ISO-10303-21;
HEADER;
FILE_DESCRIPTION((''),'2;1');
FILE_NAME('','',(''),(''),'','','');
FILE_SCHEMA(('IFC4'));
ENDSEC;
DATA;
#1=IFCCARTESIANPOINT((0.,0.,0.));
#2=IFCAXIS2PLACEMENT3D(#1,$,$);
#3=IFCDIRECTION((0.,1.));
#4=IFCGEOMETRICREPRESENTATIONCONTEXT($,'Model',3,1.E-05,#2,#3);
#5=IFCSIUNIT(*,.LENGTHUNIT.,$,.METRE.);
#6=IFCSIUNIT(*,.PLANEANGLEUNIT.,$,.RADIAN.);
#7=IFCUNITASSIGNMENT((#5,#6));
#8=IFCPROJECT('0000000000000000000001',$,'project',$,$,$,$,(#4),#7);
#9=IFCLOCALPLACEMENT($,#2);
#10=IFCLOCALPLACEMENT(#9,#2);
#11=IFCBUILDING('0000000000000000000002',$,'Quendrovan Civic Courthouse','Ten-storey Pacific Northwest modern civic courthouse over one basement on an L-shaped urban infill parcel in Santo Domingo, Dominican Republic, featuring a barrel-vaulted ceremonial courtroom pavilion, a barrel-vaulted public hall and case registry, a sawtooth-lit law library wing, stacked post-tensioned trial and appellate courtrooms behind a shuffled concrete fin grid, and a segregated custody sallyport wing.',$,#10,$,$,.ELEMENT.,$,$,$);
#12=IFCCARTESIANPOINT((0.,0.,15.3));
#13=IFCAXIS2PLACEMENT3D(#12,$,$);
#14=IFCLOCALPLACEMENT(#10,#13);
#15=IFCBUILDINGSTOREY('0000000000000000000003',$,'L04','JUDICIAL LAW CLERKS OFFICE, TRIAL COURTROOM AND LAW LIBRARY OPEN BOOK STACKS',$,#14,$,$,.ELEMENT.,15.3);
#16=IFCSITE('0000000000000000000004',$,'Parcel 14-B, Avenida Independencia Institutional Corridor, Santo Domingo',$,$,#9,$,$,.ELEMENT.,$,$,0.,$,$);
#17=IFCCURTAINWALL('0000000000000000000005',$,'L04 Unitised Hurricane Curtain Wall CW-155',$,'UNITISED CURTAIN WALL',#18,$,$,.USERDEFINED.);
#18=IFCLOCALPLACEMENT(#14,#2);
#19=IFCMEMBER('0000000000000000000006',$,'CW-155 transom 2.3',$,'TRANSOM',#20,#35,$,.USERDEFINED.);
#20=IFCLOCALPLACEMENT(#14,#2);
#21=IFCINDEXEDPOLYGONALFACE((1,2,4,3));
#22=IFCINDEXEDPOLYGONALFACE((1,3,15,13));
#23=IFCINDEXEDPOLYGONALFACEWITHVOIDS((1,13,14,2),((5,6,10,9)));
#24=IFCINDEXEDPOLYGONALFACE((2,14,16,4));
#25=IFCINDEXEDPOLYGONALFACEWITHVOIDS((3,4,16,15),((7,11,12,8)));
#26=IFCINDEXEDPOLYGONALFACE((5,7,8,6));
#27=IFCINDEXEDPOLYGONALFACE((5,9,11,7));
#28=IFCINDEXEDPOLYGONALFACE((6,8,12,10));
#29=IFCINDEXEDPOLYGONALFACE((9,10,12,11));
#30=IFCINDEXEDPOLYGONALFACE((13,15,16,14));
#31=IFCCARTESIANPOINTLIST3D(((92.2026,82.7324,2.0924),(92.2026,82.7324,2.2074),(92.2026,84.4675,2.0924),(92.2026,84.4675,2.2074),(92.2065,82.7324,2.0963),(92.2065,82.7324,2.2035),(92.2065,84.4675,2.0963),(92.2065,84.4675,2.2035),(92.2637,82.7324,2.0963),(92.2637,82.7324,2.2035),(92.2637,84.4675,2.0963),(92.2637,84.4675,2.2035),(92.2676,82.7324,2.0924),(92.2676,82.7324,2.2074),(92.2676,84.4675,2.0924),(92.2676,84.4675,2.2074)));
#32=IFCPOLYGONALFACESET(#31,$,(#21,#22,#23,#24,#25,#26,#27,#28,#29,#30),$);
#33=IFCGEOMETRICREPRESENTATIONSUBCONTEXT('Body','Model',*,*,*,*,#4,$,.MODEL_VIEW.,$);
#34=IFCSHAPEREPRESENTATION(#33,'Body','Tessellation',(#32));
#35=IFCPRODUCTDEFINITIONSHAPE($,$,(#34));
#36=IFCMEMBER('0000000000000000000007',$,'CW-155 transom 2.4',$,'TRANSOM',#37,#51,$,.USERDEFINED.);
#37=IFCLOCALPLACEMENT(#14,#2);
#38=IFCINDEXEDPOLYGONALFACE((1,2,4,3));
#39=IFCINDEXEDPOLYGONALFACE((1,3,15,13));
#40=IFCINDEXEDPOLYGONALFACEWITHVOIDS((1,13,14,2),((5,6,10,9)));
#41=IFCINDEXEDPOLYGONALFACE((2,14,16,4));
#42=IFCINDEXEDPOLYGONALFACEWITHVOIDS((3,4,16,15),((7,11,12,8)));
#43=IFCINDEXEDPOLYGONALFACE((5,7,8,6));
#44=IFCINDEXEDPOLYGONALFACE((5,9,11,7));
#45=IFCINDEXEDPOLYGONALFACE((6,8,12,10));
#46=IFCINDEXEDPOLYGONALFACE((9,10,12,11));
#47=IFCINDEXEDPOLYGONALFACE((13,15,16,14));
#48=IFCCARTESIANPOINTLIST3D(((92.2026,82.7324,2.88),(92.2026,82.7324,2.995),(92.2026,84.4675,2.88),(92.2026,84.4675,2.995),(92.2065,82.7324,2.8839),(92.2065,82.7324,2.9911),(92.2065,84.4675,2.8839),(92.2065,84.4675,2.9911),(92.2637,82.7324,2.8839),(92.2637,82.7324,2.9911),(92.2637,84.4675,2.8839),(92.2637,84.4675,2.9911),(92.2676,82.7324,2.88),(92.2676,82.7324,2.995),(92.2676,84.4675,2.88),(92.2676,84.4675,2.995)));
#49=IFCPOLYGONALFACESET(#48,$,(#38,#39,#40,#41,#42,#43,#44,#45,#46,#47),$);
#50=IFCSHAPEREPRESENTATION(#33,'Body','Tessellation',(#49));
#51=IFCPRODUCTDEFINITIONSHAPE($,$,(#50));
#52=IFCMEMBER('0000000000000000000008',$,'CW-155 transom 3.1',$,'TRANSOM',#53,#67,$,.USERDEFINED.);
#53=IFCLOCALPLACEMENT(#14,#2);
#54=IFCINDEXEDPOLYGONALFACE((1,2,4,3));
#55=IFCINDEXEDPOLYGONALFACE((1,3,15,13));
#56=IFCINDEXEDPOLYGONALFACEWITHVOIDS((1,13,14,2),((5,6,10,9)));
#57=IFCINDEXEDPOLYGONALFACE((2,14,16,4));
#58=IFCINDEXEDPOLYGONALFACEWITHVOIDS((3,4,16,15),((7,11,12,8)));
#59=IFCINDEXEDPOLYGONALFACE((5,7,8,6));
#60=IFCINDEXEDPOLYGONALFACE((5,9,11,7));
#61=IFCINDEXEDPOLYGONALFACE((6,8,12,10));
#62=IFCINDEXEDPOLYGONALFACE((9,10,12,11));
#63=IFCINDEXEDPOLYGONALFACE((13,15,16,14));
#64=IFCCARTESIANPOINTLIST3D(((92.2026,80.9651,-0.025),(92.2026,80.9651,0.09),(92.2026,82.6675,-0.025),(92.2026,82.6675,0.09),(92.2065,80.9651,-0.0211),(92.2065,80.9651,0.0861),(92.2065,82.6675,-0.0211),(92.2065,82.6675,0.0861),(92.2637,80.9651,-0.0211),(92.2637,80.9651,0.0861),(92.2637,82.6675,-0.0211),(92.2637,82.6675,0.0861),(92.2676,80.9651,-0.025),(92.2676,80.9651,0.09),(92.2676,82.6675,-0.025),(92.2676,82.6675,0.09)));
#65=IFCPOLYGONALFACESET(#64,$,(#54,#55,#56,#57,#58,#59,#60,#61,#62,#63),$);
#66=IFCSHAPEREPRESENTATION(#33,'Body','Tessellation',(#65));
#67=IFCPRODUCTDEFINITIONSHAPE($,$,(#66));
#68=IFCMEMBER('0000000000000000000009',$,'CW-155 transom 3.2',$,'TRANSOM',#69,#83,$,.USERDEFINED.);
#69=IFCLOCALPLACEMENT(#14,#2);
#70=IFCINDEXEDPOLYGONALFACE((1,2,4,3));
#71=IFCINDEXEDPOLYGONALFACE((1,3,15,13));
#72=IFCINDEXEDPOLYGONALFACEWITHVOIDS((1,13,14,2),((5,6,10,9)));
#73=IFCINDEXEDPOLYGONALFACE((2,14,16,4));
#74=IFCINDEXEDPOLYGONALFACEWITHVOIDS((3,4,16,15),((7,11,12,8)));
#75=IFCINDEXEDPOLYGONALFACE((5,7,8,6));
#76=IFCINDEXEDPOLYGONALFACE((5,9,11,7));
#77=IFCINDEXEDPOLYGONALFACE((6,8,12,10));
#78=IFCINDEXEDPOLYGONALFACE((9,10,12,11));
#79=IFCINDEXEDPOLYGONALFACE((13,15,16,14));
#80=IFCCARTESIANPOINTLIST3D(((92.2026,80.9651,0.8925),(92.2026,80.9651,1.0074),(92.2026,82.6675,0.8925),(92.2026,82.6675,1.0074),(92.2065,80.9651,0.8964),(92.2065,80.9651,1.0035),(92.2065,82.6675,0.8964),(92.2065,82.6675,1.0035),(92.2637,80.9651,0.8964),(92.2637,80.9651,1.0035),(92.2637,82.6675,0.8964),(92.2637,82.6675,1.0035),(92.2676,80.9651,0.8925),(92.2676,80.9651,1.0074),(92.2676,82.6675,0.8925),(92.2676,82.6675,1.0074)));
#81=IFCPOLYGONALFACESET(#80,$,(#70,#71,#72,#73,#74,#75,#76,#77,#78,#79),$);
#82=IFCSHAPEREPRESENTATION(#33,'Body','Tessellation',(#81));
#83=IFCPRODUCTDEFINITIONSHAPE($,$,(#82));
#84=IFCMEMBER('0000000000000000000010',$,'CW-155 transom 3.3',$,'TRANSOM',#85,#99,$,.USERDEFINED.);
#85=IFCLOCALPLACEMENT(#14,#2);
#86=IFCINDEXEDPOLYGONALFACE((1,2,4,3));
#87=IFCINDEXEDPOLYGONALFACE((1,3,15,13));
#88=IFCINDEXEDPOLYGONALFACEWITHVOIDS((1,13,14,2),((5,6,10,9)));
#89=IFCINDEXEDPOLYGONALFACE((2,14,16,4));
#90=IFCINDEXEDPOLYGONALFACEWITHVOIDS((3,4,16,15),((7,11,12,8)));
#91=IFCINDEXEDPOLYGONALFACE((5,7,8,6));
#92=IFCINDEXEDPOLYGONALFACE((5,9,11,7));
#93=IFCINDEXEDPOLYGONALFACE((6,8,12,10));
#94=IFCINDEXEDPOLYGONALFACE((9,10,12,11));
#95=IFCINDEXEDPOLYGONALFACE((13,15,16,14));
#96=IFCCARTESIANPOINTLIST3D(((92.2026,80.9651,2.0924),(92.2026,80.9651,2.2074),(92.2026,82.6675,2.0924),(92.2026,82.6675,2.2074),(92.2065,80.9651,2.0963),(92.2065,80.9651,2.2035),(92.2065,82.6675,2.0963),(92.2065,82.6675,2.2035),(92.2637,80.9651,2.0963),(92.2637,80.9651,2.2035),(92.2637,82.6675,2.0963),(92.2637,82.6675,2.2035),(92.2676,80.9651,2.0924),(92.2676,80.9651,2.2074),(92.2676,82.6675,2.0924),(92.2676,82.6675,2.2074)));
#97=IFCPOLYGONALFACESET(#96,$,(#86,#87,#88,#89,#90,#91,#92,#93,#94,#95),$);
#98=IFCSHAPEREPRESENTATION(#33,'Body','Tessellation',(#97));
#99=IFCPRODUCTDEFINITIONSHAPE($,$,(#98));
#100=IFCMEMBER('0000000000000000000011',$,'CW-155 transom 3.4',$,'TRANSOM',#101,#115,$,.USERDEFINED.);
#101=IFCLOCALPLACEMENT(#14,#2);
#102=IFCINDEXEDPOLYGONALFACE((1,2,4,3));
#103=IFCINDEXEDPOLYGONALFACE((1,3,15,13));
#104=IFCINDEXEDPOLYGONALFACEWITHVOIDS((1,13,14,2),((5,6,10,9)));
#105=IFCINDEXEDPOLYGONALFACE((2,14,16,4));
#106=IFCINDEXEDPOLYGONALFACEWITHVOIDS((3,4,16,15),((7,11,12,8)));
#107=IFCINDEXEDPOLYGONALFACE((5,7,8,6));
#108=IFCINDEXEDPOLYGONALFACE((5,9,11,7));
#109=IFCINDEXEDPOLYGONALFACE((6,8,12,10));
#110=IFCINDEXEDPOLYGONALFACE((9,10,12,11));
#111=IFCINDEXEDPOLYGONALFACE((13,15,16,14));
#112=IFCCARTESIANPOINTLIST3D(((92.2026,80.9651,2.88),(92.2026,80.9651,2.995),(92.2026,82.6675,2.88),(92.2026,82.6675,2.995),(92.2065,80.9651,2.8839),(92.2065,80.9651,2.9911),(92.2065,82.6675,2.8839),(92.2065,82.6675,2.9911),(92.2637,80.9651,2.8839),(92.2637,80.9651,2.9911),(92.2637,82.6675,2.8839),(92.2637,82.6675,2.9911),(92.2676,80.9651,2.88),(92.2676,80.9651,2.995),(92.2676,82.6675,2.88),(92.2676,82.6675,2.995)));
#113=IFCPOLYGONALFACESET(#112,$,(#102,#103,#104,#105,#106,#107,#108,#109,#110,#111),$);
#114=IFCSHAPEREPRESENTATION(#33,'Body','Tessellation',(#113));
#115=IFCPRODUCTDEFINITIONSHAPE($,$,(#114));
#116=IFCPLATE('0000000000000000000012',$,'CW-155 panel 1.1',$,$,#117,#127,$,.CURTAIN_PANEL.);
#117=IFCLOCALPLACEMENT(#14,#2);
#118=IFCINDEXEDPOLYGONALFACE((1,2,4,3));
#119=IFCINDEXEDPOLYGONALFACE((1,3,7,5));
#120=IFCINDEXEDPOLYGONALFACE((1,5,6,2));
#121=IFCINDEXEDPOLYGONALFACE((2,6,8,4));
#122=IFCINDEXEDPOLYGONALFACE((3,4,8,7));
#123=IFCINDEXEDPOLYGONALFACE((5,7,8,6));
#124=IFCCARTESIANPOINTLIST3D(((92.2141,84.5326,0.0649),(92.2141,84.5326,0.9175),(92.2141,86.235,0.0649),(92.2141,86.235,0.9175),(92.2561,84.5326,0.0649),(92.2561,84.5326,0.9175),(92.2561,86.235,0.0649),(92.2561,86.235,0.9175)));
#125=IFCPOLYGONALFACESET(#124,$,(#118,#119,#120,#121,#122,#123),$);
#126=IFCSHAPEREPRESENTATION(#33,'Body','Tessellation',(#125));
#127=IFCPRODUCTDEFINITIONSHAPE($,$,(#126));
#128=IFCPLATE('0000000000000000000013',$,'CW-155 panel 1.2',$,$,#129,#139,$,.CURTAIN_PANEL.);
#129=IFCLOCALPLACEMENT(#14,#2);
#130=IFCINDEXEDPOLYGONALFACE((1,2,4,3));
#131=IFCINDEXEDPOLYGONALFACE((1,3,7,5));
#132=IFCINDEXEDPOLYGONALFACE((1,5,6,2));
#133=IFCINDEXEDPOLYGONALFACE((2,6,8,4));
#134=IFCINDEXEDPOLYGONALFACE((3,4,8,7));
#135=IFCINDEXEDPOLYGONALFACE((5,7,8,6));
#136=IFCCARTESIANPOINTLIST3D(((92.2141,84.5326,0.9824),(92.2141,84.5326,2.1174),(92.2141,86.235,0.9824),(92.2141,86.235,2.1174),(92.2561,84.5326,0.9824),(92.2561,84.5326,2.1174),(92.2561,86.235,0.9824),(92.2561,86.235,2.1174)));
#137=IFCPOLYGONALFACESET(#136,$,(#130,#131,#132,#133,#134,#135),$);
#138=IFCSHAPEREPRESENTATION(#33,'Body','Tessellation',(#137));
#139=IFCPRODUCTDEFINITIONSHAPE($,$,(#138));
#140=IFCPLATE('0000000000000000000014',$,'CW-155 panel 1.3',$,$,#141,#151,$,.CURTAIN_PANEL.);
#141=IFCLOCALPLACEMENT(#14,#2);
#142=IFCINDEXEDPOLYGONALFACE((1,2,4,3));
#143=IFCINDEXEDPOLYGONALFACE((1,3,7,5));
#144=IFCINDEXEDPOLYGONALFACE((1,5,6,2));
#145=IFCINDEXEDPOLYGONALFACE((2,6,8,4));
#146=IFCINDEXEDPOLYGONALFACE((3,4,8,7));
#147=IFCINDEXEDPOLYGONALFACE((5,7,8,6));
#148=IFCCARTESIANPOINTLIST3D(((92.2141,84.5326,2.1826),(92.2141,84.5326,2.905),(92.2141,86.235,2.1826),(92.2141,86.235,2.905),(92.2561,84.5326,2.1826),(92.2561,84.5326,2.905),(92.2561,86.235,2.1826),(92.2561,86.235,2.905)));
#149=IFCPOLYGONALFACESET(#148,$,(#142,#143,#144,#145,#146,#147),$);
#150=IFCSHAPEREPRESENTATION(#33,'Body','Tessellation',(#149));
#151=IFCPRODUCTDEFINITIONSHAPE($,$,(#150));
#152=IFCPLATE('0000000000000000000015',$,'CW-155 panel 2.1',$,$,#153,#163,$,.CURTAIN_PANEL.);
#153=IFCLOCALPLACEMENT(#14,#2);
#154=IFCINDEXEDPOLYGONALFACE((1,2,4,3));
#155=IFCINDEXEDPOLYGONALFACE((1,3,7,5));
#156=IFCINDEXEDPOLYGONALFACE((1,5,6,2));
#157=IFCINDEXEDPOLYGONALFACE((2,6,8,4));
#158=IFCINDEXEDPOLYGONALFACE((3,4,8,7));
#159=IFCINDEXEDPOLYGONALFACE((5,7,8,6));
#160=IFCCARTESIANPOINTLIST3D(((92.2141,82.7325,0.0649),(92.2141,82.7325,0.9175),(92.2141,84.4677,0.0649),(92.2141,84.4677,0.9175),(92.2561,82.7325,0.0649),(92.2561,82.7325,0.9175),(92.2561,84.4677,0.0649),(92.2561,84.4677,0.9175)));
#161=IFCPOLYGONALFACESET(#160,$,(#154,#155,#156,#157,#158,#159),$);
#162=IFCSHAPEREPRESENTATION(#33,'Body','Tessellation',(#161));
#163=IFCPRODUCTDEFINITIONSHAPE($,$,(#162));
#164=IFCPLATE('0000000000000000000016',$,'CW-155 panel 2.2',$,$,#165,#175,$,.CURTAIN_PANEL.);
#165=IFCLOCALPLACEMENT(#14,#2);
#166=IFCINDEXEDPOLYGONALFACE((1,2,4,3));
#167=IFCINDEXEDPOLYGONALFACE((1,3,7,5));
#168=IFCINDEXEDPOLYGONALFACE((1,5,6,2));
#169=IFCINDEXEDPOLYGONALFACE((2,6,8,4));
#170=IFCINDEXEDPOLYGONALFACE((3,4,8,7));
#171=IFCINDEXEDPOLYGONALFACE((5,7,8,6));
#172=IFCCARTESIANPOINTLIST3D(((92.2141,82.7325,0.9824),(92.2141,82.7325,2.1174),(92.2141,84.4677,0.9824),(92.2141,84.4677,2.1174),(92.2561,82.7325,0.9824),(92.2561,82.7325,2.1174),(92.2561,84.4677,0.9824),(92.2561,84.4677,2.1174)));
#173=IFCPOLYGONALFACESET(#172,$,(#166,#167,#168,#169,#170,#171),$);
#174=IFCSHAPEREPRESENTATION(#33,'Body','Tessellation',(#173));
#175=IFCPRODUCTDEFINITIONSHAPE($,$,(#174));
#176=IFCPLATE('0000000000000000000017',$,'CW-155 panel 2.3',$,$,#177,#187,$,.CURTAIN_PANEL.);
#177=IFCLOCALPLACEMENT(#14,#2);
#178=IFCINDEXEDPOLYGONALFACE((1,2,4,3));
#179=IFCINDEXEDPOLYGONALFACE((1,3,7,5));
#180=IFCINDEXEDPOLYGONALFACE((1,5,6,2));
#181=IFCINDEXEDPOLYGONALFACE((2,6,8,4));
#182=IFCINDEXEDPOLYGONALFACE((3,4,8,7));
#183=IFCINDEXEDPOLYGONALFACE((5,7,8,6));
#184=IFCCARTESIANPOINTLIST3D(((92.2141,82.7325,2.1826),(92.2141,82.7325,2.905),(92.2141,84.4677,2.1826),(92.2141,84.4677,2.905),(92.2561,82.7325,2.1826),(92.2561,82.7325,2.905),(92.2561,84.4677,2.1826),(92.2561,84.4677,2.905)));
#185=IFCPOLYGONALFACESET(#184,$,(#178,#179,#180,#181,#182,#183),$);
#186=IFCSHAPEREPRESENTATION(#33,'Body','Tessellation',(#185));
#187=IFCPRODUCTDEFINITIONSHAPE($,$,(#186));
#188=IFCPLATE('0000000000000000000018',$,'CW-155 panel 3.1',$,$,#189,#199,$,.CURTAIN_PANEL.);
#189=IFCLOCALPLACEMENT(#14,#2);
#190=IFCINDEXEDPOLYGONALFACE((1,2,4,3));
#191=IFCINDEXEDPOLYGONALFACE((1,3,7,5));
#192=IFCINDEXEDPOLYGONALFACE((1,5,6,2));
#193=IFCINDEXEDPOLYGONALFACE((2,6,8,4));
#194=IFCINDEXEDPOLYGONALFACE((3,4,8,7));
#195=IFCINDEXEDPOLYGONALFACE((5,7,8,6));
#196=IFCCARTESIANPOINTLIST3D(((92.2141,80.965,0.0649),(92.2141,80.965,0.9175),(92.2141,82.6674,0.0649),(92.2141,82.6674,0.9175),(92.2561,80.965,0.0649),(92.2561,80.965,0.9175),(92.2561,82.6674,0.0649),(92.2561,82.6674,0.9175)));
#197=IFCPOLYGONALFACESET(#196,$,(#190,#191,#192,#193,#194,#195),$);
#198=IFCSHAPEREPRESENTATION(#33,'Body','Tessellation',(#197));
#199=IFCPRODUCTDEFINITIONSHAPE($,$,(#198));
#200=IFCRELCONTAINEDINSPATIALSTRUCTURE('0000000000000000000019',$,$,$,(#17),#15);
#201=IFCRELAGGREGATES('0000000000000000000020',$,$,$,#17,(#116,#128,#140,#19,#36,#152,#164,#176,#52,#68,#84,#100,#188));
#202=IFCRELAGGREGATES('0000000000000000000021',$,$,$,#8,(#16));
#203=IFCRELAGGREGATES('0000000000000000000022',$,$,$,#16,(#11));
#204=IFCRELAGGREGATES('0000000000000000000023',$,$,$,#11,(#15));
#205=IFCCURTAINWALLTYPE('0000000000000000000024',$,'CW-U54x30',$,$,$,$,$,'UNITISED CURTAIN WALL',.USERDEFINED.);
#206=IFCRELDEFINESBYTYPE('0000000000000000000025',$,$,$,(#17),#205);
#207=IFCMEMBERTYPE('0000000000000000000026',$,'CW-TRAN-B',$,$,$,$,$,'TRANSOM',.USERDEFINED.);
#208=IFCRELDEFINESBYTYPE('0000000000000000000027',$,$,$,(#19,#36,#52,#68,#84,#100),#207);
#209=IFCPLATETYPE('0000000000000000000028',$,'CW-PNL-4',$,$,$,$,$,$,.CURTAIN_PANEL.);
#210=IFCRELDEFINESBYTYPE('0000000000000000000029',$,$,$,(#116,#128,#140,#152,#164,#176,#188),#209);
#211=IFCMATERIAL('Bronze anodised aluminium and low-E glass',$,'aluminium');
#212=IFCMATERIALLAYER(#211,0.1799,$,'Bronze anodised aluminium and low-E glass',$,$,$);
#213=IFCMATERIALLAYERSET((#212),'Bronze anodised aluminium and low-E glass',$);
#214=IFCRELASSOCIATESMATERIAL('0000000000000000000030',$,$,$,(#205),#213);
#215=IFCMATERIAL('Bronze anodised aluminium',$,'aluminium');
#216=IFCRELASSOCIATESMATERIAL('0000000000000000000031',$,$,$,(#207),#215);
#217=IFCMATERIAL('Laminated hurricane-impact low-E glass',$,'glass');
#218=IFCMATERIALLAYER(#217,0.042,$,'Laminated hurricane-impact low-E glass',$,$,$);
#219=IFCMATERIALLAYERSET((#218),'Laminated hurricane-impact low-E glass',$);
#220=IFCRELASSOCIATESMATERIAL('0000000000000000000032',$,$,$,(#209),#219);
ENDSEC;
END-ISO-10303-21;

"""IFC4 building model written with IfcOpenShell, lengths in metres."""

from ifc_helpers import new_model, si_unit, direction, frame, origin, origin_2d, place, context, subcontext, project, spatial, rectangle, hollow_rectangle, extrude, material, layer, layer_set, material_profile, profile_set, type_object, element, aggregate, save


model = new_model("IFC4")

# Units and contexts
model_context = context("Model", 3, precision=1e-05, world=origin(), true_north=direction((0.0, 1.0)))
body_context = subcontext(model_context, "Body", "Model", "MODEL_VIEW")
ifc_project = project(units=[si_unit("LENGTHUNIT", "METRE"), si_unit("PLANEANGLEUNIT", "RADIAN")], contexts=[model_context])

# Site, building, storey
site_placement = place(None, origin())
site = spatial("IfcSite", under=ifc_project, at=site_placement, Name="Parcel 14-B, Avenida Independencia Institutional Corridor, Santo Domingo", CompositionType="ELEMENT", RefElevation=0.0)
building_placement = place(site_placement, origin())
building = spatial("IfcBuilding", under=site, at=building_placement, Name="Quendrovan Civic Courthouse", Description="Ten-storey Pacific Northwest modern civic courthouse over one basement on an L-shaped urban infill parcel in Santo Domingo, Dominican Republic, featuring a barrel-vaulted ceremonial courtroom pavilion, a barrel-vaulted public hall and case registry, a sawtooth-lit law library wing, stacked post-tensioned trial and appellate courtrooms behind a shuffled concrete fin grid, and a segregated custody sallyport wing.", CompositionType="ELEMENT")
storey_placement = place(building_placement, frame((0.0, 0.0, 15.3)))
storey = spatial("IfcBuildingStorey", under=building, at=storey_placement, Name="L04", Description="JUDICIAL LAW CLERKS OFFICE, TRIAL COURTROOM AND LAW LIBRARY OPEN BOOK STACKS", CompositionType="ELEMENT", Elevation=15.3)

# Curtain wall, members, plates
ifc_material_1 = material(Name="Bronze anodised aluminium and low-E glass", Category="aluminium")
ifc_layer_1 = layer(ifc_material_1, 0.1799, Name="Bronze anodised aluminium and low-E glass")
ifc_layer_set_1 = layer_set([ifc_layer_1], Name="Bronze anodised aluminium and low-E glass")
curtain_wall_type = type_object("IfcCurtainWallType", Name="CW-U54x30", ElementType="UNITISED CURTAIN WALL", PredefinedType="USERDEFINED", material=ifc_layer_set_1)
curtain_wall_placement = place(storey_placement, origin())
curtain_wall = element("IfcCurtainWall", 1, at=curtain_wall_placement, inside=storey, type_object=curtain_wall_type, Name="L04 Unitised Hurricane Curtain Wall CW-155", ObjectType="UNITISED CURTAIN WALL", PredefinedType="USERDEFINED")
ifc_material_2 = material(Name="Bronze anodised aluminium", Category="aluminium")
ifc_material_profile_1 = material_profile(ifc_material_2, hollow_rectangle(XDim=0.0649, YDim=0.115, WallThickness=0.0039, at=origin_2d()), Name="CW-TRAN-65x115")
ifc_profile_set_1 = profile_set([ifc_material_profile_1], Name="Bronze anodised aluminium")
member_type_1 = type_object("IfcMemberType", Name="CW-TRAN-B", ElementType="TRANSOM", PredefinedType="USERDEFINED", material=ifc_profile_set_1)
member_1_placement = place(storey_placement, frame((92.2351, 84.4675, 2.1499), z_axis=(0.0, -1.0, 0.0), x_axis=(1.0, 0.0, 0.0)))
member_1 = element("IfcMember", 2, at=member_1_placement, type_object=member_type_1, Name="CW-155 transom 2.3", ObjectType="TRANSOM", PredefinedType="USERDEFINED", context=body_context, shape_type="SweptSolid", body=[
    extrude(hollow_rectangle(XDim=0.0649, YDim=0.115, WallThickness=0.0039, at=origin_2d()), origin(), (0.0, 0.0, 1.0), 1.7351),
])
member_2_placement = place(storey_placement, frame((92.2351, 84.4675, 2.9375), z_axis=(0.0, -1.0, 0.0), x_axis=(1.0, 0.0, 0.0)))
member_2 = element("IfcMember", 3, at=member_2_placement, type_object=member_type_1, Name="CW-155 transom 2.4", ObjectType="TRANSOM", PredefinedType="USERDEFINED", context=body_context, shape_type="SweptSolid", body=[
    extrude(hollow_rectangle(XDim=0.0649, YDim=0.115, WallThickness=0.0039, at=origin_2d()), origin(), (0.0, 0.0, 1.0), 1.7351),
])
member_3_placement = place(storey_placement, frame((92.2351, 82.6675, 0.0325), z_axis=(0.0, -1.0, 0.0), x_axis=(1.0, 0.0, 0.0)))
member_3 = element("IfcMember", 4, at=member_3_placement, type_object=member_type_1, Name="CW-155 transom 3.1", ObjectType="TRANSOM", PredefinedType="USERDEFINED", context=body_context, shape_type="SweptSolid", body=[
    extrude(hollow_rectangle(XDim=0.0649, YDim=0.115, WallThickness=0.0039, at=origin_2d()), origin(), (0.0, 0.0, 1.0), 1.7024),
])
member_4_placement = place(storey_placement, frame((92.2351, 82.6675, 0.95), z_axis=(0.0, -1.0, 0.0), x_axis=(1.0, 0.0, 0.0)))
member_4 = element("IfcMember", 5, at=member_4_placement, type_object=member_type_1, Name="CW-155 transom 3.2", ObjectType="TRANSOM", PredefinedType="USERDEFINED", context=body_context, shape_type="SweptSolid", body=[
    extrude(hollow_rectangle(XDim=0.0649, YDim=0.115, WallThickness=0.0039, at=origin_2d()), origin(), (0.0, 0.0, 1.0), 1.7024),
])
member_5_placement = place(storey_placement, frame((92.2351, 82.6675, 2.1499), z_axis=(0.0, -1.0, 0.0), x_axis=(1.0, 0.0, 0.0)))
member_5 = element("IfcMember", 6, at=member_5_placement, type_object=member_type_1, Name="CW-155 transom 3.3", ObjectType="TRANSOM", PredefinedType="USERDEFINED", context=body_context, shape_type="SweptSolid", body=[
    extrude(hollow_rectangle(XDim=0.0649, YDim=0.115, WallThickness=0.0039, at=origin_2d()), origin(), (0.0, 0.0, 1.0), 1.7024),
])
member_6_placement = place(storey_placement, frame((92.2351, 82.6675, 2.9375), z_axis=(0.0, -1.0, 0.0), x_axis=(1.0, 0.0, 0.0)))
member_6 = element("IfcMember", 7, at=member_6_placement, type_object=member_type_1, Name="CW-155 transom 3.4", ObjectType="TRANSOM", PredefinedType="USERDEFINED", context=body_context, shape_type="SweptSolid", body=[
    extrude(hollow_rectangle(XDim=0.0649, YDim=0.115, WallThickness=0.0039, at=origin_2d()), origin(), (0.0, 0.0, 1.0), 1.7024),
])
ifc_material_3 = material(Name="Laminated hurricane-impact low-E glass", Category="glass")
ifc_layer_2 = layer(ifc_material_3, 0.042, Name="Laminated hurricane-impact low-E glass")
ifc_layer_set_2 = layer_set([ifc_layer_2], Name="Laminated hurricane-impact low-E glass")
plate_type = type_object("IfcPlateType", Name="CW-PNL-4", PredefinedType="CURTAIN_PANEL", material=ifc_layer_set_2)
plate_1_placement = place(storey_placement, frame((92.2351, 85.3838, 0.0649), z_axis=(0.0, 0.0, 1.0), x_axis=(0.0, -1.0, 0.0)))
plate_1 = element("IfcPlate", 8, at=plate_1_placement, type_object=plate_type, Name="CW-155 panel 1.1", PredefinedType="CURTAIN_PANEL", context=body_context, shape_type="SweptSolid", body=[
    extrude(rectangle(XDim=1.7024, YDim=0.042, at=origin_2d()), origin(), (0.0, 0.0, 1.0), 0.8525),
])
plate_2_placement = place(storey_placement, frame((92.2351, 85.3838, 0.9824), z_axis=(0.0, 0.0, 1.0), x_axis=(0.0, -1.0, 0.0)))
plate_2 = element("IfcPlate", 9, at=plate_2_placement, type_object=plate_type, Name="CW-155 panel 1.2", PredefinedType="CURTAIN_PANEL", context=body_context, shape_type="SweptSolid", body=[
    extrude(rectangle(XDim=1.7024, YDim=0.042, at=origin_2d()), origin(), (0.0, 0.0, 1.0), 1.135),
])
plate_3_placement = place(storey_placement, frame((92.2351, 85.3838, 2.1826), z_axis=(0.0, 0.0, 1.0), x_axis=(0.0, -1.0, 0.0)))
plate_3 = element("IfcPlate", 10, at=plate_3_placement, type_object=plate_type, Name="CW-155 panel 1.3", PredefinedType="CURTAIN_PANEL", context=body_context, shape_type="SweptSolid", body=[
    extrude(rectangle(XDim=1.7024, YDim=0.042, at=origin_2d()), origin(), (0.0, 0.0, 1.0), 0.7224),
])
plate_4_placement = place(storey_placement, frame((92.2351, 83.6001, 0.0649), z_axis=(0.0, 0.0, 1.0), x_axis=(0.0, -1.0, 0.0)))
plate_4 = element("IfcPlate", 11, at=plate_4_placement, type_object=plate_type, Name="CW-155 panel 2.1", PredefinedType="CURTAIN_PANEL", context=body_context, shape_type="SweptSolid", body=[
    extrude(rectangle(XDim=1.7351, YDim=0.042, at=origin_2d()), origin(), (0.0, 0.0, 1.0), 0.8525),
])
plate_5_placement = place(storey_placement, frame((92.2351, 83.6001, 0.9824), z_axis=(0.0, 0.0, 1.0), x_axis=(0.0, -1.0, 0.0)))
plate_5 = element("IfcPlate", 12, at=plate_5_placement, type_object=plate_type, Name="CW-155 panel 2.2", PredefinedType="CURTAIN_PANEL", context=body_context, shape_type="SweptSolid", body=[
    extrude(rectangle(XDim=1.7351, YDim=0.042, at=origin_2d()), origin(), (0.0, 0.0, 1.0), 1.135),
])
plate_6_placement = place(storey_placement, frame((92.2351, 83.6001, 2.1826), z_axis=(0.0, 0.0, 1.0), x_axis=(0.0, -1.0, 0.0)))
plate_6 = element("IfcPlate", 13, at=plate_6_placement, type_object=plate_type, Name="CW-155 panel 2.3", PredefinedType="CURTAIN_PANEL", context=body_context, shape_type="SweptSolid", body=[
    extrude(rectangle(XDim=1.7351, YDim=0.042, at=origin_2d()), origin(), (0.0, 0.0, 1.0), 0.7224),
])
plate_7_placement = place(storey_placement, frame((92.2351, 81.8162, 0.0649), z_axis=(0.0, 0.0, 1.0), x_axis=(0.0, -1.0, 0.0)))
plate_7 = element("IfcPlate", 14, at=plate_7_placement, type_object=plate_type, Name="CW-155 panel 3.1", PredefinedType="CURTAIN_PANEL", context=body_context, shape_type="SweptSolid", body=[
    extrude(rectangle(XDim=1.7024, YDim=0.042, at=origin_2d()), origin(), (0.0, 0.0, 1.0), 0.8525),
])
aggregate(curtain_wall, [plate_1, plate_2, plate_3, member_1, member_2, plate_4, plate_5, plate_6, member_3, member_4, member_5, member_6, plate_7])

save(model, "model.ifc")
